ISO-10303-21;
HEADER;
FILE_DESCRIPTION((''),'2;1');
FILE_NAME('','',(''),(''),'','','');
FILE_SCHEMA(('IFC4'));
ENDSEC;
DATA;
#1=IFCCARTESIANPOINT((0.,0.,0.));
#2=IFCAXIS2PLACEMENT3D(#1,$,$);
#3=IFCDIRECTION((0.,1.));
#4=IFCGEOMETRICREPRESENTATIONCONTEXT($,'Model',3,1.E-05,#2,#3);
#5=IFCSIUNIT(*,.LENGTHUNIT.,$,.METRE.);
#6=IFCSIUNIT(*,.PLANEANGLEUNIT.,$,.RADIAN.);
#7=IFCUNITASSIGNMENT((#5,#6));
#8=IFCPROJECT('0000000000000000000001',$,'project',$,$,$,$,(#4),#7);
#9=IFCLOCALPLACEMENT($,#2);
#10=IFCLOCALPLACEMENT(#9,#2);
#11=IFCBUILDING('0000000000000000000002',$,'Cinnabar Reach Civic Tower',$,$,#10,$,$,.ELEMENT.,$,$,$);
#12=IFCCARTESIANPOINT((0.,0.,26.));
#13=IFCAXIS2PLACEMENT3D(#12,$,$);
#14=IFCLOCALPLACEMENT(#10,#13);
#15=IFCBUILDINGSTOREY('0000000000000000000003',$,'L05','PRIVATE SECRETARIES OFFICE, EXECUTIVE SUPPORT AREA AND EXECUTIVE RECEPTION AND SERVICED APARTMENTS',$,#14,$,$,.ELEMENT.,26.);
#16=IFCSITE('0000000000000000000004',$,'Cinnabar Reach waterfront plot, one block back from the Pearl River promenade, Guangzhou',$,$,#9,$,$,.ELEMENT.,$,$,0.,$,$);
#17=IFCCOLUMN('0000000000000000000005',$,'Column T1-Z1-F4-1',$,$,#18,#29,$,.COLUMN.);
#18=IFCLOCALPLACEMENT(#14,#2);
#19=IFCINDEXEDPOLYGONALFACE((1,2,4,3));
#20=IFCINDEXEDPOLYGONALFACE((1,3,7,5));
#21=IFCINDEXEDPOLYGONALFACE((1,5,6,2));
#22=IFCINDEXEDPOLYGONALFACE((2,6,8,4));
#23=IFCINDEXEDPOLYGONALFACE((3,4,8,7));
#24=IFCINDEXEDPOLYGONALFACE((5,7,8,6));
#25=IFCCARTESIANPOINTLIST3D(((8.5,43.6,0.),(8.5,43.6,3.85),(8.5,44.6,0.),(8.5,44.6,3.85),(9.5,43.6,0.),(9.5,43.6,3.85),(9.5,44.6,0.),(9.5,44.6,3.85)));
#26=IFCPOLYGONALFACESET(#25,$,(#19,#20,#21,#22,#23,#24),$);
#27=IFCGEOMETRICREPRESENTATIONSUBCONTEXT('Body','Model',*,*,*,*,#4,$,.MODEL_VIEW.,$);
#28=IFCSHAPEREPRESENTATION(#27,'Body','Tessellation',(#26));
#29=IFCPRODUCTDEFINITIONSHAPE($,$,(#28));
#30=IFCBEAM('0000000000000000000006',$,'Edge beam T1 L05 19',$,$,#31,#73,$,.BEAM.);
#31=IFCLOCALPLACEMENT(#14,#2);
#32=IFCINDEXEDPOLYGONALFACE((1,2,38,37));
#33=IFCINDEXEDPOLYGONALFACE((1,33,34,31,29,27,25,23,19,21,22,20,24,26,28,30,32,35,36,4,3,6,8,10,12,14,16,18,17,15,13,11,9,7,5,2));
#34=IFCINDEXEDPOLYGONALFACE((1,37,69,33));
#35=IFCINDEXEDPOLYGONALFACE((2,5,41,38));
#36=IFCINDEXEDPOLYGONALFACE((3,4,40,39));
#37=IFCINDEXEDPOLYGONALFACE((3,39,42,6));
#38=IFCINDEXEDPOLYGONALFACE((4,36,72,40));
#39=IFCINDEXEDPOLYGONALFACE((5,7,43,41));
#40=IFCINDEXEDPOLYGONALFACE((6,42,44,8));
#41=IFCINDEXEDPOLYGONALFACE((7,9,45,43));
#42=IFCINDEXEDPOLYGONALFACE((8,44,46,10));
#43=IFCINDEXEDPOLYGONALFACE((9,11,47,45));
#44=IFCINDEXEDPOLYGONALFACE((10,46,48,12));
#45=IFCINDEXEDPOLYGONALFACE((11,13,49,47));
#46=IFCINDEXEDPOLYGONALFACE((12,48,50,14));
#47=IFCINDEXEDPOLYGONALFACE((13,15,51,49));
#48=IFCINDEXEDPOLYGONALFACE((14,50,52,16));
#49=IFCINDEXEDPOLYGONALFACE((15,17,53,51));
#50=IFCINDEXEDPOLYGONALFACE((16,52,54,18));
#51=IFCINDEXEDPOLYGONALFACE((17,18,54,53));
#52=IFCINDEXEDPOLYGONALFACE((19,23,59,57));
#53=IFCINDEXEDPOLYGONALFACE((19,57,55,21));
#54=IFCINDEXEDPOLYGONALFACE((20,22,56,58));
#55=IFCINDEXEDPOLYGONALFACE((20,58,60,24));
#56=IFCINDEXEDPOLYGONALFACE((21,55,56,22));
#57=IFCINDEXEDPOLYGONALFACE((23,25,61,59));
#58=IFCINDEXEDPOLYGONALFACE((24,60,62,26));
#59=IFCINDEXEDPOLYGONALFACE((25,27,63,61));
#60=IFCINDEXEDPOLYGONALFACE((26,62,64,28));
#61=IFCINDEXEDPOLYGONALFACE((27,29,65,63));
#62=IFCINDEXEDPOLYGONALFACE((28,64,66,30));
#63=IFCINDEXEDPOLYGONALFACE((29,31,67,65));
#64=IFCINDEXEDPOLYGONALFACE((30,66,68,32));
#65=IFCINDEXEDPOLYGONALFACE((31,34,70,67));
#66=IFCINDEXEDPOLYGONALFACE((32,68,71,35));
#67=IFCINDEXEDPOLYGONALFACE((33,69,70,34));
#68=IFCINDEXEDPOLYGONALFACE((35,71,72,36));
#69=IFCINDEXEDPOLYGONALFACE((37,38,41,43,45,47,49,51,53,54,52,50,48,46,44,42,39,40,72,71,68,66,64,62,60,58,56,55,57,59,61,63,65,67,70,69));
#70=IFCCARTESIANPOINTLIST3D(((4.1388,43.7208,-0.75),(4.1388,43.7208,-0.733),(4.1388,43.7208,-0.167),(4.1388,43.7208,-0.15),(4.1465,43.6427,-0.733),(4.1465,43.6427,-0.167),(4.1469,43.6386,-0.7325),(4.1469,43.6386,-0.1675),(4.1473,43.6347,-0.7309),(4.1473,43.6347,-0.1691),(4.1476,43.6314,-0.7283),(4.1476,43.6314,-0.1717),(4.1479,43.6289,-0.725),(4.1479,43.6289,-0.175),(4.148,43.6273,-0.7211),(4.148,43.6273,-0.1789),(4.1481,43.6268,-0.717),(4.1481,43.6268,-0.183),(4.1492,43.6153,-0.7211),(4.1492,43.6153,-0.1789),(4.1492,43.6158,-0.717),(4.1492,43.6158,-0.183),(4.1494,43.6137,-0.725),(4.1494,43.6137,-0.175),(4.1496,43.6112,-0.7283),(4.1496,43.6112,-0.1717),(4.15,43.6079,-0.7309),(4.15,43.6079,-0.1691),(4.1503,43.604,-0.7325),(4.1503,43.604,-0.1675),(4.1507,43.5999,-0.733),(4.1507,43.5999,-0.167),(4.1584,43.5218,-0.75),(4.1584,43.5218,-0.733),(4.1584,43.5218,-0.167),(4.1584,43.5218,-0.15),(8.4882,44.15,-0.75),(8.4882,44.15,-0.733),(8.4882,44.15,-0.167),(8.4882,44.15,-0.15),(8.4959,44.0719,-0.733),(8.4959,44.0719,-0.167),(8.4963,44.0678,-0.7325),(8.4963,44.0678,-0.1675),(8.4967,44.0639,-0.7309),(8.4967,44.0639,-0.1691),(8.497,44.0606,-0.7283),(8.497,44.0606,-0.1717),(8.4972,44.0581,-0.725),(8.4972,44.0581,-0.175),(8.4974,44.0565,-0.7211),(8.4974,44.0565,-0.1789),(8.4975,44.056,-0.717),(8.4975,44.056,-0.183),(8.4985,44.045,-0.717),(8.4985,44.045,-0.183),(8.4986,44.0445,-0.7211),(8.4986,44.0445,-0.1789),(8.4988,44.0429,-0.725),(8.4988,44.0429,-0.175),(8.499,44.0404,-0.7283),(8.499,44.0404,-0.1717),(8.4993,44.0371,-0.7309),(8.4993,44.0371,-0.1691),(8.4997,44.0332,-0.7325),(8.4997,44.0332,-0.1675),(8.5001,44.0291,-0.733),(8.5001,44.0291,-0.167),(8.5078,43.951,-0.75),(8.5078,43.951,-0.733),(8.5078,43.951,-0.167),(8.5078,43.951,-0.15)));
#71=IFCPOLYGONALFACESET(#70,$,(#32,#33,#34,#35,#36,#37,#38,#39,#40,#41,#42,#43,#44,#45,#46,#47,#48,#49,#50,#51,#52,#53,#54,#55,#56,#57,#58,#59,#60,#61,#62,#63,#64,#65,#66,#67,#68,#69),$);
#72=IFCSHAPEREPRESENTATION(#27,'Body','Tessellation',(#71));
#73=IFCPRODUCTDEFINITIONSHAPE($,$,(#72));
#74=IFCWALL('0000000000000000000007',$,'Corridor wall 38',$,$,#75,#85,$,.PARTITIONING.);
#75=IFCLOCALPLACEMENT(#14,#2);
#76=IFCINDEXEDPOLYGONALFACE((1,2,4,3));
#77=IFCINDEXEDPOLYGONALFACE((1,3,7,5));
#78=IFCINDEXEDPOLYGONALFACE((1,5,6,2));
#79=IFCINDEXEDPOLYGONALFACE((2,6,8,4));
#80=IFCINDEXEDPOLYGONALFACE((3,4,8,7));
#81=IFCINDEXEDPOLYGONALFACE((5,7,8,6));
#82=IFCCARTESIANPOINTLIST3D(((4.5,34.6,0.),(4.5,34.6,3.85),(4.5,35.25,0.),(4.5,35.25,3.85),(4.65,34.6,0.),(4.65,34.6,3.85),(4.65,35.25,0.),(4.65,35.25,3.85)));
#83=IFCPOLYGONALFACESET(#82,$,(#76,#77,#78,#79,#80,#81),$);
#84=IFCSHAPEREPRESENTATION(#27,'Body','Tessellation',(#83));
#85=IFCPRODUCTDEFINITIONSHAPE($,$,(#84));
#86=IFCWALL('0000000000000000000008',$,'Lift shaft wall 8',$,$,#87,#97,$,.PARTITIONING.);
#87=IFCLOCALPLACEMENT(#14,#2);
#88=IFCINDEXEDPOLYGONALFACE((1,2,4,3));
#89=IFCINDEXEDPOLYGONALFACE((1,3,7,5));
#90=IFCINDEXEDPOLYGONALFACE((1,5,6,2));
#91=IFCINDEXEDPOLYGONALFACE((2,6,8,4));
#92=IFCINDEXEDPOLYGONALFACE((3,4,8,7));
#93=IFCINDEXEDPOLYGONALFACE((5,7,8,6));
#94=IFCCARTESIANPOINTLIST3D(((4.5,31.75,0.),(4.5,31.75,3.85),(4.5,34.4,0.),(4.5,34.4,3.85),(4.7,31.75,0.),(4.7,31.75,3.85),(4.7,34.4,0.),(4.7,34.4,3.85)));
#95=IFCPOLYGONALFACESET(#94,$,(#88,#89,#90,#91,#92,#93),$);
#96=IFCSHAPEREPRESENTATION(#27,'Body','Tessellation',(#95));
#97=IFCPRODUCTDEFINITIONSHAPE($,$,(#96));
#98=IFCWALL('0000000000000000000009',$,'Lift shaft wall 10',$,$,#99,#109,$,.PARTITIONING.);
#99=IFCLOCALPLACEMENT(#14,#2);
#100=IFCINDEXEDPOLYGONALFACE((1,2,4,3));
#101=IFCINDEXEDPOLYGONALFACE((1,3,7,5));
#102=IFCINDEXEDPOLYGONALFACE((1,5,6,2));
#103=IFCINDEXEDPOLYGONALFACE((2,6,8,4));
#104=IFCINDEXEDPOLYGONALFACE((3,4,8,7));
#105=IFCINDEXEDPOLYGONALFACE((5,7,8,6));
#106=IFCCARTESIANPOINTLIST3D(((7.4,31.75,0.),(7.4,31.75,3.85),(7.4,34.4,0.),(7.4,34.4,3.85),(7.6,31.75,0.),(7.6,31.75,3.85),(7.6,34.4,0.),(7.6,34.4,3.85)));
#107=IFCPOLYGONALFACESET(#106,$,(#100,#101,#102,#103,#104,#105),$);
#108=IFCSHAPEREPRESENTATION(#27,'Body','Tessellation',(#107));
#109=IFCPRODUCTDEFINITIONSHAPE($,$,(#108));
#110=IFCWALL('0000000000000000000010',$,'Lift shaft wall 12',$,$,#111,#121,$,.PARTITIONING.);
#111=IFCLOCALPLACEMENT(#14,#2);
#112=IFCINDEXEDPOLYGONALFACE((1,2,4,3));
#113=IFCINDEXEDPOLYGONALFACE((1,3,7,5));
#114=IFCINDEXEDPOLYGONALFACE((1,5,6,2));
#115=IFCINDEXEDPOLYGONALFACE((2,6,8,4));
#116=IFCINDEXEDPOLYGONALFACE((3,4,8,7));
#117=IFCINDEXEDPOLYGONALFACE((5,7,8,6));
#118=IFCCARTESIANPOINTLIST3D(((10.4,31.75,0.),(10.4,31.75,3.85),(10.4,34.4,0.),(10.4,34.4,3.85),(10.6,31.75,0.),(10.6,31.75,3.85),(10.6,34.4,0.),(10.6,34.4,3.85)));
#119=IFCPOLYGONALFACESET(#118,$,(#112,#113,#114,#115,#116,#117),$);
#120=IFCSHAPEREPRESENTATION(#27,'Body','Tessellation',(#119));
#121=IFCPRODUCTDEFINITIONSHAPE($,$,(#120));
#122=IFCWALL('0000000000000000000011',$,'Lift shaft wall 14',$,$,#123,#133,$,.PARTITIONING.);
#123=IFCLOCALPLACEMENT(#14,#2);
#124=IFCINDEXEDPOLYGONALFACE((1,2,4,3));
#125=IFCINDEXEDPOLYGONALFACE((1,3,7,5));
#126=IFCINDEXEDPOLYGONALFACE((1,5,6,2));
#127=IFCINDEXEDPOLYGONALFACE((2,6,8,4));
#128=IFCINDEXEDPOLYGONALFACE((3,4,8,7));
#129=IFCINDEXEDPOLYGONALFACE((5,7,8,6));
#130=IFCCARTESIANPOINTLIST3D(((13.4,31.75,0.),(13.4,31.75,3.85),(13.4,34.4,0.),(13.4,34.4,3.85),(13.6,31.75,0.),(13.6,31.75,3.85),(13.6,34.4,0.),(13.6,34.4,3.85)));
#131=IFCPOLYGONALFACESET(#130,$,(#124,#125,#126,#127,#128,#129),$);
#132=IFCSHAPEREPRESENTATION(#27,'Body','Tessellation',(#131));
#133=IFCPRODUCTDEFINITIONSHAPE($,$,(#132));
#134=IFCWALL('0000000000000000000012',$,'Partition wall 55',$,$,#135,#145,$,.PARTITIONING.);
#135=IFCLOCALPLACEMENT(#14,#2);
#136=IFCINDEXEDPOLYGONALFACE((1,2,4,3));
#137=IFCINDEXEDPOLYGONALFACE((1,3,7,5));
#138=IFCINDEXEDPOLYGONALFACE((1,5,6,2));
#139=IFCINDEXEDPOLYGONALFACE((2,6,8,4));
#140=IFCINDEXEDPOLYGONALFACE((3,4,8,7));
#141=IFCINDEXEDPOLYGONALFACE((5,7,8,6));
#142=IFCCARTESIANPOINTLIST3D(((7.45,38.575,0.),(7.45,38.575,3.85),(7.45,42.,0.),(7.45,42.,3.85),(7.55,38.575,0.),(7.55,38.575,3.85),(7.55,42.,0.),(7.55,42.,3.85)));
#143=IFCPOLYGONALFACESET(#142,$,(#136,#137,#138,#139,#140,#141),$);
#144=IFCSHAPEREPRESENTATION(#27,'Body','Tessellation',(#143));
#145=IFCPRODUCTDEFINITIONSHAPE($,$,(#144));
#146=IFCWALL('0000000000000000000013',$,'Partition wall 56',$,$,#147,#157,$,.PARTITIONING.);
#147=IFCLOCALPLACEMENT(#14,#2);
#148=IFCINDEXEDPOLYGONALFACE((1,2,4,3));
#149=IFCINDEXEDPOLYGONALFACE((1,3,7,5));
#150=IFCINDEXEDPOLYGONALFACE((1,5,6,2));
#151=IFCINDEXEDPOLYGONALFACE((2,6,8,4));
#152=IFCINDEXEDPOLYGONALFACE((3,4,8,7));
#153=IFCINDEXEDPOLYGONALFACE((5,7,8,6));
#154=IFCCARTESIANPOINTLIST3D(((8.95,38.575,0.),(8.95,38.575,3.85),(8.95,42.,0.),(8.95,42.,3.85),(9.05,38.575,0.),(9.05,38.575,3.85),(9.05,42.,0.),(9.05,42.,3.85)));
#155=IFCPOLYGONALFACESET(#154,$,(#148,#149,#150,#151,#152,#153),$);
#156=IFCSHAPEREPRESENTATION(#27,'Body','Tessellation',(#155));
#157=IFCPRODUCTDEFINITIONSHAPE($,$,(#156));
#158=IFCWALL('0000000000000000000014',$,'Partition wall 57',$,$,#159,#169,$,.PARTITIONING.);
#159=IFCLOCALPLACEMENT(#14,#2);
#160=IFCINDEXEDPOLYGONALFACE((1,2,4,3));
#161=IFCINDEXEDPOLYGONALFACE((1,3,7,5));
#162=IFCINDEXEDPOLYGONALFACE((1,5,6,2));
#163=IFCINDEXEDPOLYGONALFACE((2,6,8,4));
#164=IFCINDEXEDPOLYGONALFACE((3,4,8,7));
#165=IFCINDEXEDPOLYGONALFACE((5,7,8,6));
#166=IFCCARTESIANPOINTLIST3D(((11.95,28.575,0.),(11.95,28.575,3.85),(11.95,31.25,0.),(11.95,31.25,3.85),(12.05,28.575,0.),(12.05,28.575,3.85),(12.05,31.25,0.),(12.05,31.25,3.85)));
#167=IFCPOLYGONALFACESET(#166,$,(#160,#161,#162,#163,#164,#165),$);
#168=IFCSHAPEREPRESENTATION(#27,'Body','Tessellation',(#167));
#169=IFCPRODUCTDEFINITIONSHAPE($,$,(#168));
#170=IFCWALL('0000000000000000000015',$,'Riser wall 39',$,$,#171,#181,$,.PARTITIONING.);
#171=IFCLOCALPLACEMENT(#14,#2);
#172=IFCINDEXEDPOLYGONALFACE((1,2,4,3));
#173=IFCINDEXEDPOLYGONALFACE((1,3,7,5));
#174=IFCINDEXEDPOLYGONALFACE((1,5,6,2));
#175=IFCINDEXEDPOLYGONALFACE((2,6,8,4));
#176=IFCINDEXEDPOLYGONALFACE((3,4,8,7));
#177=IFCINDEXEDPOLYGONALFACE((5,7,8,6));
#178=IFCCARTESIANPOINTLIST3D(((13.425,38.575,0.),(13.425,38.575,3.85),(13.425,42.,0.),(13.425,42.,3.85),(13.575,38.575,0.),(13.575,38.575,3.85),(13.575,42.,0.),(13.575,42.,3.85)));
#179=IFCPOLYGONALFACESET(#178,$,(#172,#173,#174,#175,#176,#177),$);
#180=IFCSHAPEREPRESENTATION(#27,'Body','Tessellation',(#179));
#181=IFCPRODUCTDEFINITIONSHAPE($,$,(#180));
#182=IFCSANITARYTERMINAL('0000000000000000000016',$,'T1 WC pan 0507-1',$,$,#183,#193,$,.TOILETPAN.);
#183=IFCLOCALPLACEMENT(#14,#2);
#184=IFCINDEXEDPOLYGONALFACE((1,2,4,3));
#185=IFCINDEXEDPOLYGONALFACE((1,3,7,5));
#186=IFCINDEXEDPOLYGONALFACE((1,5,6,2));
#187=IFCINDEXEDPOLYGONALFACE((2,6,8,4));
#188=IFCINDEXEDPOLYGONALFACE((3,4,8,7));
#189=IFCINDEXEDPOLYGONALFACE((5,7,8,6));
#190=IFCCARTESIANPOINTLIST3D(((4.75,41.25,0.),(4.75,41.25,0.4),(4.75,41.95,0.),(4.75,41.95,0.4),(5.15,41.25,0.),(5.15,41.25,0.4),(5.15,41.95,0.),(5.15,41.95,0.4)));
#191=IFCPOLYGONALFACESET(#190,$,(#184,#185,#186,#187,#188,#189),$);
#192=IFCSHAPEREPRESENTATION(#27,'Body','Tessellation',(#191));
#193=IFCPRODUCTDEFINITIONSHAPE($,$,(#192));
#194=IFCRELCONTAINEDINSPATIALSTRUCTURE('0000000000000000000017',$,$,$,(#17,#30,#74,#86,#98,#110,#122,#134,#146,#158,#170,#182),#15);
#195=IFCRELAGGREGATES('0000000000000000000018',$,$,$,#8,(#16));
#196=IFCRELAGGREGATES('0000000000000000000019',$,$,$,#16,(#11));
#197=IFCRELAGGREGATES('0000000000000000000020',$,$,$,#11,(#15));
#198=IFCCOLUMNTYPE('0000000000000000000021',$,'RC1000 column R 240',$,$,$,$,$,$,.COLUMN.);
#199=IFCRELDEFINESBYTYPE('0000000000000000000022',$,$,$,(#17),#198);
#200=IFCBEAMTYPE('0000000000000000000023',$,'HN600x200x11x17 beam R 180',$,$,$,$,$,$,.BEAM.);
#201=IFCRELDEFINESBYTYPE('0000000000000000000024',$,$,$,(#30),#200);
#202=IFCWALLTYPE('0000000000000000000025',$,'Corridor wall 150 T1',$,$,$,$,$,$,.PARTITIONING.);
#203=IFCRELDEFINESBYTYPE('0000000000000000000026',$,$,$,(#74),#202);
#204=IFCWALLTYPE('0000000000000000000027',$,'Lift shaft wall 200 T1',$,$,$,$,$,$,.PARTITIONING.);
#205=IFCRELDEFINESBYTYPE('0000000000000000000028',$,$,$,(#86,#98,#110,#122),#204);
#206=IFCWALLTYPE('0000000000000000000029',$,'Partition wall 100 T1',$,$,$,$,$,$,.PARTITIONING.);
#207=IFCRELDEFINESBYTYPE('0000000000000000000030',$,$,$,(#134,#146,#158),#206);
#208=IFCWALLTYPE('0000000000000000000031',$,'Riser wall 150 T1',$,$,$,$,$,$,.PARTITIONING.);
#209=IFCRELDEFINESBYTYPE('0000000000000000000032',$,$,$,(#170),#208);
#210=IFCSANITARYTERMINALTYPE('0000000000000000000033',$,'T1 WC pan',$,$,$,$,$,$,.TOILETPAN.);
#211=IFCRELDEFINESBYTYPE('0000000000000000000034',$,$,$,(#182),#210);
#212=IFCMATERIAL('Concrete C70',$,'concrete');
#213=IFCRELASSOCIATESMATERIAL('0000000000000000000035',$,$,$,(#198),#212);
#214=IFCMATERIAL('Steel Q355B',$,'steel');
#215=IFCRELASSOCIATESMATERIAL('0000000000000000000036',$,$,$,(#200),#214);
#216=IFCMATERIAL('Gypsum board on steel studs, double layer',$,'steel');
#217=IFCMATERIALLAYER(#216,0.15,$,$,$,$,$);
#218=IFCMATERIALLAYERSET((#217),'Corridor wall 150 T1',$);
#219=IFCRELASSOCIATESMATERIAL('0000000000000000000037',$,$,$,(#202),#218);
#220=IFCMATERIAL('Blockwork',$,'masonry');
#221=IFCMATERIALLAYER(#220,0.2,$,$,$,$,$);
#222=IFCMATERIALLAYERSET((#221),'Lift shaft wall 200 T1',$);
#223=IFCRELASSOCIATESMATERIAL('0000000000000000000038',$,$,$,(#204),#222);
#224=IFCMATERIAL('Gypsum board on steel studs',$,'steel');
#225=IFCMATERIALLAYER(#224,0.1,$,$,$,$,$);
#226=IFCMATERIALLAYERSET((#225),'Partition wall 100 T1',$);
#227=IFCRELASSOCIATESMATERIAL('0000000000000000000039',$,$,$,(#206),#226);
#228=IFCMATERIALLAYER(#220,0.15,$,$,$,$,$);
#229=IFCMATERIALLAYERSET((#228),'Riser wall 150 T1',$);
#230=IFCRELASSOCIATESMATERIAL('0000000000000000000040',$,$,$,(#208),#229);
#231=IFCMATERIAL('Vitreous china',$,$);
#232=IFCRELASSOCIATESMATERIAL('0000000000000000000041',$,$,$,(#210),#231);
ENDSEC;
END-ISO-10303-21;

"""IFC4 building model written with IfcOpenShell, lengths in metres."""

from ifc_helpers import new_model, si_unit, direction, frame, frame_2d, origin, origin_2d, place, context, subcontext, project, spatial, rectangle, i_section, extrude, material, layer, layer_set, material_profile, profile_set, type_object, element, save


model = new_model("IFC4")

# Units and contexts
model_context = context("Model", 3, precision=1e-05, world=origin(), true_north=direction((0.0, 1.0)))
body_context = subcontext(model_context, "Body", "Model", "MODEL_VIEW")
ifc_project = project(units=[si_unit("LENGTHUNIT", "METRE"), si_unit("PLANEANGLEUNIT", "RADIAN")], contexts=[model_context])

# Site, building, storey
site_placement = place(None, origin())
site = spatial("IfcSite", under=ifc_project, at=site_placement, Name="Cinnabar Reach waterfront plot, one block back from the Pearl River promenade, Guangzhou", CompositionType="ELEMENT", RefElevation=0.0)
building_placement = place(site_placement, origin())
building = spatial("IfcBuilding", under=site, at=building_placement, Name="Cinnabar Reach Civic Tower", CompositionType="ELEMENT")
storey_placement = place(building_placement, frame((0.0, 0.0, 26.0)))
storey = spatial("IfcBuildingStorey", under=building, at=storey_placement, Name="L05", Description="PRIVATE SECRETARIES OFFICE, EXECUTIVE SUPPORT AREA AND EXECUTIVE RECEPTION AND SERVICED APARTMENTS", CompositionType="ELEMENT", Elevation=26.0)

# Column
ifc_material_1 = material(Name="Concrete C70", Category="concrete")
ifc_material_profile_1 = material_profile(ifc_material_1, rectangle(XDim=1.0, YDim=1.0, at=origin_2d()), Name="RC1000")
ifc_profile_set_1 = profile_set([ifc_material_profile_1], Name="Concrete C70")
column_type = type_object("IfcColumnType", Name="RC1000 column R 240", PredefinedType="COLUMN", material=ifc_profile_set_1)
column_placement = place(storey_placement, frame((9.0, 44.1, 0.0), z_axis=(0.0, 0.0, 1.0), x_axis=(1.0, 0.0, 0.0)))
element("IfcColumn", 1, at=column_placement, inside=storey, type_object=column_type, Name="Column T1-Z1-F4-1", PredefinedType="COLUMN", context=body_context, shape_type="SweptSolid", body=[
    extrude(rectangle(XDim=1.0, YDim=1.0, at=origin_2d()), origin(), (0.0, 0.0, 1.0), 3.85),
])

# Beam
ifc_material_2 = material(Name="Steel Q355B", Category="steel")
ifc_material_profile_2 = material_profile(ifc_material_2, i_section(OverallWidth=0.2, OverallDepth=0.6, WebThickness=0.011, FlangeThickness=0.017, FilletRadius=0.016, at=origin_2d()), Name="HN600x200x11x17")
ifc_profile_set_2 = profile_set([ifc_material_profile_2], Name="Steel Q355B")
beam_type = type_object("IfcBeamType", Name="HN600x200x11x17 beam R 180", PredefinedType="BEAM", material=ifc_profile_set_2)
beam_placement = place(storey_placement, frame((8.498, 44.0505, -0.45), z_axis=(-0.995166, -0.098203, 0.0), x_axis=(0.098203, -0.995166, 0.0)))
element("IfcBeam", 2, at=beam_placement, inside=storey, type_object=beam_type, Name="Edge beam T1 L05 19", PredefinedType="BEAM", context=body_context, shape_type="SweptSolid", body=[
    extrude(i_section(OverallWidth=0.2, OverallDepth=0.6, WebThickness=0.011, FlangeThickness=0.017, FilletRadius=0.016, at=origin_2d()), origin(), (0.0, 0.0, 1.0), 4.3705),
])

# Walls
ifc_material_3 = material(Name="Gypsum board on steel studs, double layer", Category="steel")
ifc_layer_1 = layer(ifc_material_3, 0.15)
ifc_layer_set_1 = layer_set([ifc_layer_1], Name="Corridor wall 150 T1")
wall_type_1 = type_object("IfcWallType", Name="Corridor wall 150 T1", PredefinedType="PARTITIONING", material=ifc_layer_set_1)
wall_1_placement = place(storey_placement, frame((4.575, 34.6, 0.0), z_axis=(0.0, 0.0, 1.0), x_axis=(0.0, 1.0, 0.0)))
element("IfcWall", 3, at=wall_1_placement, inside=storey, type_object=wall_type_1, Name="Corridor wall 38", PredefinedType="PARTITIONING", context=body_context, shape_type="SweptSolid", body=[
    extrude(rectangle(XDim=0.65, YDim=0.15, at=frame_2d((0.325, 0.0))), origin(), (0.0, 0.0, 1.0), 3.85),
])
ifc_material_4 = material(Name="Blockwork", Category="masonry")
ifc_layer_2 = layer(ifc_material_4, 0.2)
ifc_layer_set_2 = layer_set([ifc_layer_2], Name="Lift shaft wall 200 T1")
wall_type_2 = type_object("IfcWallType", Name="Lift shaft wall 200 T1", PredefinedType="PARTITIONING", material=ifc_layer_set_2)
for number, where, z_axis, x_axis, name in (
    (4, (4.6, 31.75, 0.0), (0.0, 0.0, 1.0), (0.0, 1.0, 0.0), "Lift shaft wall 8"),
    (5, (7.5, 31.75, 0.0), (0.0, 0.0, 1.0), (0.0, 1.0, 0.0), "Lift shaft wall 10"),
    (6, (10.5, 31.75, 0.0), (0.0, 0.0, 1.0), (0.0, 1.0, 0.0), "Lift shaft wall 12"),
    (7, (13.5, 31.75, 0.0), (0.0, 0.0, 1.0), (0.0, 1.0, 0.0), "Lift shaft wall 14"),
):
    element("IfcWall", number, at=place(storey_placement, frame(where, z_axis=z_axis, x_axis=x_axis)), inside=storey, type_object=wall_type_2, Name=name, PredefinedType="PARTITIONING", context=body_context, shape_type="SweptSolid", body=[
        extrude(rectangle(XDim=2.65, YDim=0.2, at=frame_2d((1.325, 0.0))), origin(), (0.0, 0.0, 1.0), 3.85),
    ])
ifc_material_5 = material(Name="Gypsum board on steel studs", Category="steel")
ifc_layer_3 = layer(ifc_material_5, 0.1)
ifc_layer_set_3 = layer_set([ifc_layer_3], Name="Partition wall 100 T1")
wall_type_3 = type_object("IfcWallType", Name="Partition wall 100 T1", PredefinedType="PARTITIONING", material=ifc_layer_set_3)
for number, where, z_axis, x_axis, name in (
    (8, (7.5, 38.575, 0.0), (0.0, 0.0, 1.0), (0.0, 1.0, 0.0), "Partition wall 55"),
    (9, (9.0, 38.575, 0.0), (0.0, 0.0, 1.0), (0.0, 1.0, 0.0), "Partition wall 56"),
):
    element("IfcWall", number, at=place(storey_placement, frame(where, z_axis=z_axis, x_axis=x_axis)), inside=storey, type_object=wall_type_3, Name=name, PredefinedType="PARTITIONING", context=body_context, shape_type="SweptSolid", body=[
        extrude(rectangle(XDim=3.425, YDim=0.1, at=frame_2d((1.7125, 0.0))), origin(), (0.0, 0.0, 1.0), 3.85),
    ])
wall_2_placement = place(storey_placement, frame((12.0, 28.575, 0.0), z_axis=(0.0, 0.0, 1.0), x_axis=(0.0, 1.0, 0.0)))
element("IfcWall", 10, at=wall_2_placement, inside=storey, type_object=wall_type_3, Name="Partition wall 57", PredefinedType="PARTITIONING", context=body_context, shape_type="SweptSolid", body=[
    extrude(rectangle(XDim=2.675, YDim=0.1, at=frame_2d((1.3375, 0.0))), origin(), (0.0, 0.0, 1.0), 3.85),
])
ifc_layer_4 = layer(ifc_material_4, 0.15)
ifc_layer_set_4 = layer_set([ifc_layer_4], Name="Riser wall 150 T1")
wall_type_4 = type_object("IfcWallType", Name="Riser wall 150 T1", PredefinedType="PARTITIONING", material=ifc_layer_set_4)
wall_3_placement = place(storey_placement, frame((13.5, 38.575, 0.0), z_axis=(0.0, 0.0, 1.0), x_axis=(0.0, 1.0, 0.0)))
element("IfcWall", 11, at=wall_3_placement, inside=storey, type_object=wall_type_4, Name="Riser wall 39", PredefinedType="PARTITIONING", context=body_context, shape_type="SweptSolid", body=[
    extrude(rectangle(XDim=3.425, YDim=0.15, at=frame_2d((1.7125, 0.0))), origin(), (0.0, 0.0, 1.0), 3.85),
])

# Sanitary terminal
ifc_material_6 = material(Name="Vitreous china")
sanitary_terminal_type_1 = type_object("IfcSanitaryTerminalType", Name="T1 WC pan", PredefinedType="TOILETPAN", material=ifc_material_6)
for number, where, z_axis, x_axis, name in (
    (12, (4.95, 41.6, 0.0), (0.0, 0.0, 1.0), (1.0, 0.0, 0.0), "T1 WC pan 0507-1"),
):
    element("IfcSanitaryTerminal", number, at=place(storey_placement, frame(where, z_axis=z_axis, x_axis=x_axis)), inside=storey, type_object=sanitary_terminal_type_1, Name=name, PredefinedType="TOILETPAN", context=body_context, shape_type="SweptSolid", body=[
        extrude(rectangle(XDim=0.4, YDim=0.7, at=origin_2d()), origin(), (0.0, 0.0, 1.0), 0.4),
    ])

save(model, "model.ifc")
